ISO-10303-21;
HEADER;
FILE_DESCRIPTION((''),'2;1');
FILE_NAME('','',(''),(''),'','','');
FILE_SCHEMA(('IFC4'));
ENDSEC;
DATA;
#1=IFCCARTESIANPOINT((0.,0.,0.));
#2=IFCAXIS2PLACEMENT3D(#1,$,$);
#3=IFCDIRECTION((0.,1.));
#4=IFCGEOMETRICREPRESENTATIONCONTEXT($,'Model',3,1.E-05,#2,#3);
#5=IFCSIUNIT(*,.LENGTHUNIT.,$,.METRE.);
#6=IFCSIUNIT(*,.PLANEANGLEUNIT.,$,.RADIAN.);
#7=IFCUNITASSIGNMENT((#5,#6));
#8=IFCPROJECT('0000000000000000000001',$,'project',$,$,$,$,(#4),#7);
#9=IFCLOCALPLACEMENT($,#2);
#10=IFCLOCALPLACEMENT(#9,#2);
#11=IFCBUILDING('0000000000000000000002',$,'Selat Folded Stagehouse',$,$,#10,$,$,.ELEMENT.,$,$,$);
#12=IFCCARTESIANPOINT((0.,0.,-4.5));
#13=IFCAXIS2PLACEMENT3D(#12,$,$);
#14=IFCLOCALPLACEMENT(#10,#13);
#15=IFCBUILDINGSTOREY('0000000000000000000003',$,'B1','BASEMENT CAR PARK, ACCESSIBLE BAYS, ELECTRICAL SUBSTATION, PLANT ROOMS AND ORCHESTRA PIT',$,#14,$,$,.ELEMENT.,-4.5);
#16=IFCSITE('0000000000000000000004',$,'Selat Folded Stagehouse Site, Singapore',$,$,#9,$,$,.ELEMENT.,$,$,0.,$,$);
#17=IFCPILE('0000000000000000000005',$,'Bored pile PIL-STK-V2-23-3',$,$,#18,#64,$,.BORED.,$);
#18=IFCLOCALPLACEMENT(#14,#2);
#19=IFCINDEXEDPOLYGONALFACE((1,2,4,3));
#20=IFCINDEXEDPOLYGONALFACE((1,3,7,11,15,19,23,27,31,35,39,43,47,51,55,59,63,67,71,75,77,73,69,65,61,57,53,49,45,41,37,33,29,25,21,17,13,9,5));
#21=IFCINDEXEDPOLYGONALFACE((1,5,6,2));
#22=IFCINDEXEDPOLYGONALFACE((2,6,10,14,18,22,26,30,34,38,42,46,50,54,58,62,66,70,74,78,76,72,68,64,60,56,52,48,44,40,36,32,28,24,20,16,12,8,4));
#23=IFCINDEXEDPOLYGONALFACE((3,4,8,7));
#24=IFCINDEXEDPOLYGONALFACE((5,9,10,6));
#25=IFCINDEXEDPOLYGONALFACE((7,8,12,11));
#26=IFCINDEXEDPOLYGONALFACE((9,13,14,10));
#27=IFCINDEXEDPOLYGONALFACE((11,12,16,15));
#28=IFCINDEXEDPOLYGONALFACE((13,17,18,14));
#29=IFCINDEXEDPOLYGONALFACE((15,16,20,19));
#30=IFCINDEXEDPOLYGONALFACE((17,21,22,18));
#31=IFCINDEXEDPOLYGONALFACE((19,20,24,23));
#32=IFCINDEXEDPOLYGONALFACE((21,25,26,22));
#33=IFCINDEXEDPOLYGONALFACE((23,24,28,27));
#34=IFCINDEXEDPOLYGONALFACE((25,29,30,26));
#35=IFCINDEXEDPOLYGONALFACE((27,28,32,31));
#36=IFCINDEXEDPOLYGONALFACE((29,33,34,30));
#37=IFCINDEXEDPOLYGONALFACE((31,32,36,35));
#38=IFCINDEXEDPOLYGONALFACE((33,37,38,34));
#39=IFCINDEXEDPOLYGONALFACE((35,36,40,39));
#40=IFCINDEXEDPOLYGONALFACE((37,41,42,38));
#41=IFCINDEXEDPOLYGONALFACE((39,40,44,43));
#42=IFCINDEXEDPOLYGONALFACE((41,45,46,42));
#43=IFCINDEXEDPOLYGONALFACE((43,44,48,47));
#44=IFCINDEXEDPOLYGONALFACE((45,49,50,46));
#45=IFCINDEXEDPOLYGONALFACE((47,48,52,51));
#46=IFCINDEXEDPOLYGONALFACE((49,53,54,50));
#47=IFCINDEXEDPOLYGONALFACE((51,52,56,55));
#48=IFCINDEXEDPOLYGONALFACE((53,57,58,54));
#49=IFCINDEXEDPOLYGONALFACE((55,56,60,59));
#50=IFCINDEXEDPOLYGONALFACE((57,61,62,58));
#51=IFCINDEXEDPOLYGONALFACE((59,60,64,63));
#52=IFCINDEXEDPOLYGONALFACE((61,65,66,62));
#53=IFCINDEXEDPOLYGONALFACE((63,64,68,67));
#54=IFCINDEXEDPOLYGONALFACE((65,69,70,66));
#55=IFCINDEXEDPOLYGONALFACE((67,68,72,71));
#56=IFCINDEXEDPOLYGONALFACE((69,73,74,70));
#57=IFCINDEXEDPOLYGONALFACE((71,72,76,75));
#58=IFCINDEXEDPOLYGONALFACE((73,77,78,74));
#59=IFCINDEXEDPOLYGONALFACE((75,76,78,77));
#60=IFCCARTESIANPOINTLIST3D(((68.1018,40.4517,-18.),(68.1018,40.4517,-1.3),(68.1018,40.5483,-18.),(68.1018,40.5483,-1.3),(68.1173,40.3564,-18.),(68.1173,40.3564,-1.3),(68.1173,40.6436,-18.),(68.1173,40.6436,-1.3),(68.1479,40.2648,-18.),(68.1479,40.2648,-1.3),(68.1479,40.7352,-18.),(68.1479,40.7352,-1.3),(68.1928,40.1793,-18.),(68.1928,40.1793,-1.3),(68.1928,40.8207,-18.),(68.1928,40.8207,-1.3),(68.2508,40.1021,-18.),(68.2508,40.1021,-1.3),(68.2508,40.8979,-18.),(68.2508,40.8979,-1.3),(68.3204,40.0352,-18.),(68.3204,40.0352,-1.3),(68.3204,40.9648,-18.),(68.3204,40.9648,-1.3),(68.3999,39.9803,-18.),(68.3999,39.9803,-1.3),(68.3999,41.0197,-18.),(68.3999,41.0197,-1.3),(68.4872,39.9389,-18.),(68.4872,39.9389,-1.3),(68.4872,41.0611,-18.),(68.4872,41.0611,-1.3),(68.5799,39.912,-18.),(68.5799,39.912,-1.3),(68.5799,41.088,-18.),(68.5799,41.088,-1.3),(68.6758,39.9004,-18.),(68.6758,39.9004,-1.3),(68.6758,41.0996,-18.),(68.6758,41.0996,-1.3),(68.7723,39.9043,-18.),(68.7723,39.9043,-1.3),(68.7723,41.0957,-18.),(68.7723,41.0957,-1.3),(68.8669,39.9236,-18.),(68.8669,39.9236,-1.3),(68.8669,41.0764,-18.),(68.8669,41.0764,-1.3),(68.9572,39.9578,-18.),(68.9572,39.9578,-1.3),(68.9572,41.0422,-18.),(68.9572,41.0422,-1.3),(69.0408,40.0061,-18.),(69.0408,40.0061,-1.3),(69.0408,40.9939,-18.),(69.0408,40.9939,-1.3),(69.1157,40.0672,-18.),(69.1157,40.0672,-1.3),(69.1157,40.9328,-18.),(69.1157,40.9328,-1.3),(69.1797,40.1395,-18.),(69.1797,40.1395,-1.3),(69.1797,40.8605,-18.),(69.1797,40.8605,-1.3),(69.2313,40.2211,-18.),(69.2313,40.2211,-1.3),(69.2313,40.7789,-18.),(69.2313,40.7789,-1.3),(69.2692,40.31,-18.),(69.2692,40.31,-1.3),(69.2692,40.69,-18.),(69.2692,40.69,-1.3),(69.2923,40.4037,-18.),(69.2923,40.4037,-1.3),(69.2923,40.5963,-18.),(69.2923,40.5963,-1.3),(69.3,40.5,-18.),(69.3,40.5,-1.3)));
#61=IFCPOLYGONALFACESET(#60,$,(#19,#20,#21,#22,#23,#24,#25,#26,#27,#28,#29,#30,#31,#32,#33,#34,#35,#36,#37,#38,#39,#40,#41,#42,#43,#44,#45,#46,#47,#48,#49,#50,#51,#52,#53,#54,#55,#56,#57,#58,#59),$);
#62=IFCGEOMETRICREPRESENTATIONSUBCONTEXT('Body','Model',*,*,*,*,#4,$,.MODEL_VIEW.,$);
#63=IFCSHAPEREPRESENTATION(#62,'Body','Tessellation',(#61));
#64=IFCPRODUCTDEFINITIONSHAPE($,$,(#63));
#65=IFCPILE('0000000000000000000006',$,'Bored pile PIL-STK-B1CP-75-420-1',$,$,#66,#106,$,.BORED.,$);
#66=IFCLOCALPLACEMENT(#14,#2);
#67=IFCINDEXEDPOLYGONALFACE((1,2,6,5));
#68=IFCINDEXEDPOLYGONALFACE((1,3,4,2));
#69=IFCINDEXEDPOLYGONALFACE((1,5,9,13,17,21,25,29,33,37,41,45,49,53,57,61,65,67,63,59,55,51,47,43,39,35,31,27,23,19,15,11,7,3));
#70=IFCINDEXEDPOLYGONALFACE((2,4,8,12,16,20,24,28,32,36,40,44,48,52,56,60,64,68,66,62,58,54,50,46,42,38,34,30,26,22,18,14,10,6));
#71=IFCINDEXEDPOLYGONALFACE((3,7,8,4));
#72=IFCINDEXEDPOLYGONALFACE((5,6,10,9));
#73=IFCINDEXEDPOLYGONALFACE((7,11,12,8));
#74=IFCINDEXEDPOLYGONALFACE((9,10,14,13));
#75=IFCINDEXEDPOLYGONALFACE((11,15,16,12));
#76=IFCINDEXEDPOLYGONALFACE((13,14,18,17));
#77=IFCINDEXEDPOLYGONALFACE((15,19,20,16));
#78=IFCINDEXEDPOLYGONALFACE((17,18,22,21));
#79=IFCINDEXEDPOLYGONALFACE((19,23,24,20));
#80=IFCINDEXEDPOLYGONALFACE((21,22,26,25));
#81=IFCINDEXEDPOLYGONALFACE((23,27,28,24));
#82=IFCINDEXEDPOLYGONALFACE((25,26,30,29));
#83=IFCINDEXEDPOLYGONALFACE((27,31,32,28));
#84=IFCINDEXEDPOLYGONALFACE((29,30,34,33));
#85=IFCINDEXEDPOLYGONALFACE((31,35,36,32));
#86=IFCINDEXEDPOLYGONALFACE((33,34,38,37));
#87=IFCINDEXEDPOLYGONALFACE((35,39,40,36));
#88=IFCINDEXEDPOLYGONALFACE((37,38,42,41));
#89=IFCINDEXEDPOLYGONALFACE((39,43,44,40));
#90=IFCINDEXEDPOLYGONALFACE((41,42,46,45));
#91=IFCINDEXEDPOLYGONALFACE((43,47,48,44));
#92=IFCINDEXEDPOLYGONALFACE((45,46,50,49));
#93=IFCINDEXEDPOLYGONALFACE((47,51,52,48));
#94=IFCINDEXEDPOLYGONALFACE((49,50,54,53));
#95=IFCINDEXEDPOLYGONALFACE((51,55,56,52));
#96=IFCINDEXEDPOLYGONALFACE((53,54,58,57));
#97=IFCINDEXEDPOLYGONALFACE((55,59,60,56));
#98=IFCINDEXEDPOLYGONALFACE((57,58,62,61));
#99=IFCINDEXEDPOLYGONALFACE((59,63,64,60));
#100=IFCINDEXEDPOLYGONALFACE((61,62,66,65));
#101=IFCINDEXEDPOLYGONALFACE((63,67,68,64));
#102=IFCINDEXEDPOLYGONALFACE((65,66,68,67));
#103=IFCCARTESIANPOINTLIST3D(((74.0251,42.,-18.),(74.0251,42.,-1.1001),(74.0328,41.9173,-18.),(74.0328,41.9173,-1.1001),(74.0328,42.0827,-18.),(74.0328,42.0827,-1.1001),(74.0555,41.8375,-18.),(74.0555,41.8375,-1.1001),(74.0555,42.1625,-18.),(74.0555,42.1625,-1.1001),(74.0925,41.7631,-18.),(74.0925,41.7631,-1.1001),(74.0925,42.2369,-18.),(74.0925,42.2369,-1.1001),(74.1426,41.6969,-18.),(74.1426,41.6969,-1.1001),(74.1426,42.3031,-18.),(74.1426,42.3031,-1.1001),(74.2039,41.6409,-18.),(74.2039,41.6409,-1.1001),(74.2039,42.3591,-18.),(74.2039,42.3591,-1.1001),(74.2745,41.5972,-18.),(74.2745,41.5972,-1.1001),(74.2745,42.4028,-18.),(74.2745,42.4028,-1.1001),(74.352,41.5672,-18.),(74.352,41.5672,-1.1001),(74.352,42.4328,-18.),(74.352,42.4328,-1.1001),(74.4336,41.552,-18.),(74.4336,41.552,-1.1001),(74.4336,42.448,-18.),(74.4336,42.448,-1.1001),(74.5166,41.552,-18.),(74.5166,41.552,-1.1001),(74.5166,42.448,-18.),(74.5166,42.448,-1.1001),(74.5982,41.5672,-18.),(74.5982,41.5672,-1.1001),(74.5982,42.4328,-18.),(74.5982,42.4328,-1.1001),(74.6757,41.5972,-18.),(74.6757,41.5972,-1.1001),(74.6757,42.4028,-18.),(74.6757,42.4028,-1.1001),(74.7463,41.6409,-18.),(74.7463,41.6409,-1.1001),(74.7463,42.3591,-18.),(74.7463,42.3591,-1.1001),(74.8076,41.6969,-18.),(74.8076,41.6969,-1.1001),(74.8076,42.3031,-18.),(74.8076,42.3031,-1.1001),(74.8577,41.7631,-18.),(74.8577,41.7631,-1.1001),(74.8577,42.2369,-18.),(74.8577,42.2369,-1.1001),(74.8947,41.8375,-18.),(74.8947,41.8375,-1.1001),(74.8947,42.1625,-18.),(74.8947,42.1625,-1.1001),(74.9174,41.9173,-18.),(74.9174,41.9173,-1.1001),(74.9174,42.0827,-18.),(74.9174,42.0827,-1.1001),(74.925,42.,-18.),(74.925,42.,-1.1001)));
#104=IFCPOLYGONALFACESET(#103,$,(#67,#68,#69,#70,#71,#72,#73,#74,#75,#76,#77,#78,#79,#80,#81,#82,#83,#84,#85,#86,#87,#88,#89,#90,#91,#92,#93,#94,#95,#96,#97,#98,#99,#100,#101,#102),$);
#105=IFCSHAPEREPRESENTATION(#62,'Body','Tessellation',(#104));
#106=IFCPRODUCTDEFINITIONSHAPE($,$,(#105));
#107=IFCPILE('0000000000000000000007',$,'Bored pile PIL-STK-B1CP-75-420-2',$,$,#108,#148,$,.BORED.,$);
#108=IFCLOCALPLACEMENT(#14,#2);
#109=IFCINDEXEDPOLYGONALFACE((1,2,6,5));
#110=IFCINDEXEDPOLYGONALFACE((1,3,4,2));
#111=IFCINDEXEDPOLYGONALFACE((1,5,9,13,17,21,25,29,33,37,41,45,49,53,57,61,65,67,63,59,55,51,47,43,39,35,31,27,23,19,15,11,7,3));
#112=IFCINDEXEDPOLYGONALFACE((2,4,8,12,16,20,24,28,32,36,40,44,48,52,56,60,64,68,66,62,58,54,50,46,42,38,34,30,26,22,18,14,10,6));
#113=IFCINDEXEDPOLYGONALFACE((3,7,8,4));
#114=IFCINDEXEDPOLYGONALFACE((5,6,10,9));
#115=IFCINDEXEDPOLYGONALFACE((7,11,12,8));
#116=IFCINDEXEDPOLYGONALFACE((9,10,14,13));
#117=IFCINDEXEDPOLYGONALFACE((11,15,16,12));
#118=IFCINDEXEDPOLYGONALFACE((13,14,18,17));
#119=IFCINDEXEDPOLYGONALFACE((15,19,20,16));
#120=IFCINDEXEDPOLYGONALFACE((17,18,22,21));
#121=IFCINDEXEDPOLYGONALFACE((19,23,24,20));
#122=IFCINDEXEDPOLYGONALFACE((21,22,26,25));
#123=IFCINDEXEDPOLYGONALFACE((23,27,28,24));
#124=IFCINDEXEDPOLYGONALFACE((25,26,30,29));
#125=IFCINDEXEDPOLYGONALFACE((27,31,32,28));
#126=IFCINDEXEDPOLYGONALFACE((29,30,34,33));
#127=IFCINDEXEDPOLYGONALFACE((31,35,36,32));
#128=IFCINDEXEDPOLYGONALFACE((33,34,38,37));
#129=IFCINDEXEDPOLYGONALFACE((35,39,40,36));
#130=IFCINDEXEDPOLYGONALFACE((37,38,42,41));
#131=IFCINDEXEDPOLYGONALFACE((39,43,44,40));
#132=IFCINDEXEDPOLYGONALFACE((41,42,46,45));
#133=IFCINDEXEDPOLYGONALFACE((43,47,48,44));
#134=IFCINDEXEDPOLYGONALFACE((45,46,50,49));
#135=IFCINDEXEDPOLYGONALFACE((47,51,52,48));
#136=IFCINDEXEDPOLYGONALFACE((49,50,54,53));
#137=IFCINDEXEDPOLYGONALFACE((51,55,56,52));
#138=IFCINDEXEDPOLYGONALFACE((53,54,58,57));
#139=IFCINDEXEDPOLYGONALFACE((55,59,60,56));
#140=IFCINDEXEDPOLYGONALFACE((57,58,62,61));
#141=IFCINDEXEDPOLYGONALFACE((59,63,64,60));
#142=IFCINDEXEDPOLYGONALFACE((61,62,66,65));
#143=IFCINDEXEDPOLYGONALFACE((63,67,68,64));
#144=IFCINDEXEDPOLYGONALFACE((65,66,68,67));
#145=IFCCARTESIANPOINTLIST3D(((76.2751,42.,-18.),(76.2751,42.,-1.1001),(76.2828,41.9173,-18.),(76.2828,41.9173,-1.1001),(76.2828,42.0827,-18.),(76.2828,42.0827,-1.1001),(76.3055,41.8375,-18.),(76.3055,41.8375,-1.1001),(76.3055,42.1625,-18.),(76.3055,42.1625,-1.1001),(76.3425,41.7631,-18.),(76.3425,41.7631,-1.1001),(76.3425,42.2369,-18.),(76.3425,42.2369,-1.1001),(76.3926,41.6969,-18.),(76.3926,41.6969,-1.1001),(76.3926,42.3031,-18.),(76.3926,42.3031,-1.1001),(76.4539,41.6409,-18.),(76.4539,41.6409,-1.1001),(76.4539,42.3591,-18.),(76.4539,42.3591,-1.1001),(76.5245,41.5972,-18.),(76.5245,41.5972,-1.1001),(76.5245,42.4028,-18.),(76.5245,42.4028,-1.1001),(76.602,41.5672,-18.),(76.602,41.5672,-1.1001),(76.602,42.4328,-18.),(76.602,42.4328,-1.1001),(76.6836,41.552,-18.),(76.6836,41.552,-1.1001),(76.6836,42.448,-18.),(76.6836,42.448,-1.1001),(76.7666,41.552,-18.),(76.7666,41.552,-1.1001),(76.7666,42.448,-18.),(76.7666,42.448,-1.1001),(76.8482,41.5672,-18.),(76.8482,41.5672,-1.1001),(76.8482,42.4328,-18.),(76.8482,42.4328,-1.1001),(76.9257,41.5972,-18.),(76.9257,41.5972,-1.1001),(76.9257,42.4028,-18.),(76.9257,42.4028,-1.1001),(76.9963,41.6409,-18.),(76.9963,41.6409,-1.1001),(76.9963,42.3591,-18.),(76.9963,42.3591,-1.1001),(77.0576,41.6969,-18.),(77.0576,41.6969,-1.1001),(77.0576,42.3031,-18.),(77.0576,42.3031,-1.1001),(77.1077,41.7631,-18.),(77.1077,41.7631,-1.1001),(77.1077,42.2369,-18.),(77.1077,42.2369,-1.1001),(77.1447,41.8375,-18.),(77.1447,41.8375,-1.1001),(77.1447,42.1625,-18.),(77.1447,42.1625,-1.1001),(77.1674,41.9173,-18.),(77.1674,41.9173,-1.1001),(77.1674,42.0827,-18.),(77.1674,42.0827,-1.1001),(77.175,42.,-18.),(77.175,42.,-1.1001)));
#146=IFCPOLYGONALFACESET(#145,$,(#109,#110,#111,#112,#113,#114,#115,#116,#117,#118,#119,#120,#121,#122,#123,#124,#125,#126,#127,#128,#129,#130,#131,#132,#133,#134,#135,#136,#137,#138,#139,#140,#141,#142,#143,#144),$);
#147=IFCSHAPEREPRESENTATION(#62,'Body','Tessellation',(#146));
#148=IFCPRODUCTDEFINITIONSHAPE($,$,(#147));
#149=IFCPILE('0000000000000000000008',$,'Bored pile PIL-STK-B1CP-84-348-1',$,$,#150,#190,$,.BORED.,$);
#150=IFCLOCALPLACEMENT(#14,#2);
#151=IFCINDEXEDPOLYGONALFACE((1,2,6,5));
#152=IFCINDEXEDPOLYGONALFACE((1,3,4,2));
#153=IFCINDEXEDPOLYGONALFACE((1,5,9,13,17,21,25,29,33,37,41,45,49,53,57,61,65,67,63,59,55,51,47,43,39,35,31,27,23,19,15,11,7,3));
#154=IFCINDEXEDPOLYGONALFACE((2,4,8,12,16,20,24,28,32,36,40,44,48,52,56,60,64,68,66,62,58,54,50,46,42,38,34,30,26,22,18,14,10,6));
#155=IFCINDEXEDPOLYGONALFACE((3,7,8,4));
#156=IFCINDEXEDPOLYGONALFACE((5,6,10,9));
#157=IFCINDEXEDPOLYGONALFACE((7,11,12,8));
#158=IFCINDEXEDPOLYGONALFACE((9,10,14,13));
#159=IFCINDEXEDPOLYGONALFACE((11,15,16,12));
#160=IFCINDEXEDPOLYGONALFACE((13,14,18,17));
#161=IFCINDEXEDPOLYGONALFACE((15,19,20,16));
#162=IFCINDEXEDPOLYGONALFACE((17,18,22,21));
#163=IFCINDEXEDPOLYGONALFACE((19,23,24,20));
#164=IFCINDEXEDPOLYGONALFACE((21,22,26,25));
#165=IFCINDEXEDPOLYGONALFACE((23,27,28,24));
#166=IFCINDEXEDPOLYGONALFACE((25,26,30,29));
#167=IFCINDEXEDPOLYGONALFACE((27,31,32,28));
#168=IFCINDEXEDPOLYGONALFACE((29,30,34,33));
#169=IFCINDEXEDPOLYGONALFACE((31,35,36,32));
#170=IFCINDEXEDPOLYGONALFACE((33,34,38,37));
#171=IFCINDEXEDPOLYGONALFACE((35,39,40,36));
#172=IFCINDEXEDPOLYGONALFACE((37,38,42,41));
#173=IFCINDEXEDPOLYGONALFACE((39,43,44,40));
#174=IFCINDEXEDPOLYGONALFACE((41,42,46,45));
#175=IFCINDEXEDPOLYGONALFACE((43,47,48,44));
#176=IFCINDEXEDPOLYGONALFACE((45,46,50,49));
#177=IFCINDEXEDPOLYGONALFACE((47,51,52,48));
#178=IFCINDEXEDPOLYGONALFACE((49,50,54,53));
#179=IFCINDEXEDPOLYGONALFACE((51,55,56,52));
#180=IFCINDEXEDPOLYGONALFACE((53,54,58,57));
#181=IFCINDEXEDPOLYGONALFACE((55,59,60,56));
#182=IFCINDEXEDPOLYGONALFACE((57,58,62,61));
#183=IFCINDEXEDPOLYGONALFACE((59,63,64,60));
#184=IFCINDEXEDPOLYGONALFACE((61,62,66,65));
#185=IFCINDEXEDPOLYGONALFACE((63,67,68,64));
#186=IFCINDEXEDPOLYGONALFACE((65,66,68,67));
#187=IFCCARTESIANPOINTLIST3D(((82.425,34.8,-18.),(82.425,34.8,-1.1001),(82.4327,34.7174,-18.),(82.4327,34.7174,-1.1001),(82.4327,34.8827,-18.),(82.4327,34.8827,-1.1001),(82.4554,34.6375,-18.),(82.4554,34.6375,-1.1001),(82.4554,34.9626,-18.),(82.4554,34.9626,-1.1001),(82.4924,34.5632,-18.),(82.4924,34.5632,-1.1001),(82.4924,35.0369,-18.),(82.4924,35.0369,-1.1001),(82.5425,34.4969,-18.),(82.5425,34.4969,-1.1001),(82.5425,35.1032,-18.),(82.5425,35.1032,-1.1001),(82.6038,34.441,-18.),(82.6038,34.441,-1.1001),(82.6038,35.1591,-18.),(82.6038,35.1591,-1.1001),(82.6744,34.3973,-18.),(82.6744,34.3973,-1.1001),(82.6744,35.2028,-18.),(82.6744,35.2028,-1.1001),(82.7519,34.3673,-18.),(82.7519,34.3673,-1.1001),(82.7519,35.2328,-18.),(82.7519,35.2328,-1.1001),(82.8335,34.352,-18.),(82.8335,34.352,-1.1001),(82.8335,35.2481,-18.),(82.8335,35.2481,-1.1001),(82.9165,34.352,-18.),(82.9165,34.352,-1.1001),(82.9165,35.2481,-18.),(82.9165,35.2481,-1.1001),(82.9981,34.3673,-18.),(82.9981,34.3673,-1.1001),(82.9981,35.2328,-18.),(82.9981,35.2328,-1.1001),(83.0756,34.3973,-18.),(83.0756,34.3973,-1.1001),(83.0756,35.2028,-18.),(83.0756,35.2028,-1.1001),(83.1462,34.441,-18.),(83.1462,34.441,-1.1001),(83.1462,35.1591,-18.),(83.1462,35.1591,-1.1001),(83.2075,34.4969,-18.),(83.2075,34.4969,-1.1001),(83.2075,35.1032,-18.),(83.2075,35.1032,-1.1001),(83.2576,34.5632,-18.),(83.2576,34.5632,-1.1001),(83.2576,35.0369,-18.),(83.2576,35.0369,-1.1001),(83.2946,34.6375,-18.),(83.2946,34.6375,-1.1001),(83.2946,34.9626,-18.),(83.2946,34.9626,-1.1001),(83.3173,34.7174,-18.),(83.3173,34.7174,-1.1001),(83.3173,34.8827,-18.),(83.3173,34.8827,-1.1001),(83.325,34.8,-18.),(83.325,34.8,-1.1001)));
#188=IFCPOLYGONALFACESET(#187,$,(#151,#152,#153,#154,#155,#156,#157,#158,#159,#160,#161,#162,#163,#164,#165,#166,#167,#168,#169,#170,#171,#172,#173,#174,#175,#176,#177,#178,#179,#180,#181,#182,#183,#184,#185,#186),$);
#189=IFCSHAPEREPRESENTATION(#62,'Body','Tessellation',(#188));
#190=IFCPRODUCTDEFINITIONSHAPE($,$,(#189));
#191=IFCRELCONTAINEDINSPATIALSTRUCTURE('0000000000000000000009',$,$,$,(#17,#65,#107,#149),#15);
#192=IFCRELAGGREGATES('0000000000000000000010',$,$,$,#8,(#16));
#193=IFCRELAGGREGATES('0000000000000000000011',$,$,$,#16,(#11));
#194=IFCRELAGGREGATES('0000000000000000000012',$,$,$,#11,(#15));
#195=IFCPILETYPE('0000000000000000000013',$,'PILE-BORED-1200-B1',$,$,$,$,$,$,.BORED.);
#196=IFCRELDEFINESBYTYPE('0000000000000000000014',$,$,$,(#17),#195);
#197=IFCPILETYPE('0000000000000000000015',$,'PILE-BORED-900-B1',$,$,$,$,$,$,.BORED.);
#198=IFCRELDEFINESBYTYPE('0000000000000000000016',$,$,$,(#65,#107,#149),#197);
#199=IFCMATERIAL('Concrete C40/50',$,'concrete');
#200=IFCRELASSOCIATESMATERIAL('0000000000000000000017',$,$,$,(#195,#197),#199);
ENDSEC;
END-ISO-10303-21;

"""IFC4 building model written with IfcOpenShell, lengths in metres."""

from ifc_helpers import new_model, si_unit, direction, frame, origin, origin_2d, place, context, subcontext, project, spatial, circle, extrude, material, material_profile, profile_set, type_object, element, save


model = new_model("IFC4")

# Units and contexts
model_context = context("Model", 3, precision=1e-05, world=origin(), true_north=direction((0.0, 1.0)))
body_context = subcontext(model_context, "Body", "Model", "MODEL_VIEW")
ifc_project = project(units=[si_unit("LENGTHUNIT", "METRE"), si_unit("PLANEANGLEUNIT", "RADIAN")], contexts=[model_context])

# Site, building, storey
site_placement = place(None, origin())
site = spatial("IfcSite", under=ifc_project, at=site_placement, Name="Selat Folded Stagehouse Site, Singapore", CompositionType="ELEMENT", RefElevation=0.0)
building_placement = place(site_placement, origin())
building = spatial("IfcBuilding", under=site, at=building_placement, Name="Selat Folded Stagehouse", CompositionType="ELEMENT")
storey_placement = place(building_placement, frame((0.0, 0.0, -4.5)))
storey = spatial("IfcBuildingStorey", under=building, at=storey_placement, Name="B1", Description="BASEMENT CAR PARK, ACCESSIBLE BAYS, ELECTRICAL SUBSTATION, PLANT ROOMS AND ORCHESTRA PIT", CompositionType="ELEMENT", Elevation=-4.5)

# Shared definitions
ifc_material_1 = material(Name="Concrete C40/50", Category="concrete")

# Piles
ifc_material_profile_1 = material_profile(ifc_material_1, circle(Radius=0.6001, at=origin_2d()), Name="PILE D1200")
ifc_profile_set_1 = profile_set([ifc_material_profile_1], Name="Concrete C40/50")
pile_type_1 = type_object("IfcPileType", Name="PILE-BORED-1200-B1", PredefinedType="BORED", material=ifc_profile_set_1)
for number, where, z_axis, x_axis, name in (
    (1, (68.7, 40.5, -1.3), (0.0, 0.0, -1.0), (1.0, 0.0, 0.0), "Bored pile PIL-STK-V2-23-3"),
):
    element("IfcPile", number, at=place(storey_placement, frame(where, z_axis=z_axis, x_axis=x_axis)), inside=storey, type_object=pile_type_1, Name=name, PredefinedType="BORED", context=body_context, shape_type="SweptSolid", body=[
        extrude(circle(Radius=0.6001, at=origin_2d()), origin(), (0.0, 0.0, 1.0), 16.7),
    ])
ifc_material_profile_2 = material_profile(ifc_material_1, circle(Radius=0.45, at=origin_2d()), Name="PILE D900")
ifc_profile_set_2 = profile_set([ifc_material_profile_2], Name="Concrete C40/50")
pile_type_2 = type_object("IfcPileType", Name="PILE-BORED-900-B1", PredefinedType="BORED", material=ifc_profile_set_2)
for number, where, z_axis, x_axis, name in (
    (2, (74.4751, 42.0, -1.1001), (0.0, 0.0, -1.0), (1.0, 0.0, 0.0), "Bored pile PIL-STK-B1CP-75-420-1"),
    (3, (76.7251, 42.0, -1.1001), (0.0, 0.0, -1.0), (1.0, 0.0, 0.0), "Bored pile PIL-STK-B1CP-75-420-2"),
    (4, (82.875, 34.8, -1.1001), (0.0, 0.0, -1.0), (1.0, 0.0, 0.0), "Bored pile PIL-STK-B1CP-84-348-1"),
):
    element("IfcPile", number, at=place(storey_placement, frame(where, z_axis=z_axis, x_axis=x_axis)), inside=storey, type_object=pile_type_2, Name=name, PredefinedType="BORED", context=body_context, shape_type="SweptSolid", body=[
        extrude(circle(Radius=0.45, at=origin_2d()), origin(), (0.0, 0.0, 1.0), 16.8999),
    ])

save(model, "model.ifc")
